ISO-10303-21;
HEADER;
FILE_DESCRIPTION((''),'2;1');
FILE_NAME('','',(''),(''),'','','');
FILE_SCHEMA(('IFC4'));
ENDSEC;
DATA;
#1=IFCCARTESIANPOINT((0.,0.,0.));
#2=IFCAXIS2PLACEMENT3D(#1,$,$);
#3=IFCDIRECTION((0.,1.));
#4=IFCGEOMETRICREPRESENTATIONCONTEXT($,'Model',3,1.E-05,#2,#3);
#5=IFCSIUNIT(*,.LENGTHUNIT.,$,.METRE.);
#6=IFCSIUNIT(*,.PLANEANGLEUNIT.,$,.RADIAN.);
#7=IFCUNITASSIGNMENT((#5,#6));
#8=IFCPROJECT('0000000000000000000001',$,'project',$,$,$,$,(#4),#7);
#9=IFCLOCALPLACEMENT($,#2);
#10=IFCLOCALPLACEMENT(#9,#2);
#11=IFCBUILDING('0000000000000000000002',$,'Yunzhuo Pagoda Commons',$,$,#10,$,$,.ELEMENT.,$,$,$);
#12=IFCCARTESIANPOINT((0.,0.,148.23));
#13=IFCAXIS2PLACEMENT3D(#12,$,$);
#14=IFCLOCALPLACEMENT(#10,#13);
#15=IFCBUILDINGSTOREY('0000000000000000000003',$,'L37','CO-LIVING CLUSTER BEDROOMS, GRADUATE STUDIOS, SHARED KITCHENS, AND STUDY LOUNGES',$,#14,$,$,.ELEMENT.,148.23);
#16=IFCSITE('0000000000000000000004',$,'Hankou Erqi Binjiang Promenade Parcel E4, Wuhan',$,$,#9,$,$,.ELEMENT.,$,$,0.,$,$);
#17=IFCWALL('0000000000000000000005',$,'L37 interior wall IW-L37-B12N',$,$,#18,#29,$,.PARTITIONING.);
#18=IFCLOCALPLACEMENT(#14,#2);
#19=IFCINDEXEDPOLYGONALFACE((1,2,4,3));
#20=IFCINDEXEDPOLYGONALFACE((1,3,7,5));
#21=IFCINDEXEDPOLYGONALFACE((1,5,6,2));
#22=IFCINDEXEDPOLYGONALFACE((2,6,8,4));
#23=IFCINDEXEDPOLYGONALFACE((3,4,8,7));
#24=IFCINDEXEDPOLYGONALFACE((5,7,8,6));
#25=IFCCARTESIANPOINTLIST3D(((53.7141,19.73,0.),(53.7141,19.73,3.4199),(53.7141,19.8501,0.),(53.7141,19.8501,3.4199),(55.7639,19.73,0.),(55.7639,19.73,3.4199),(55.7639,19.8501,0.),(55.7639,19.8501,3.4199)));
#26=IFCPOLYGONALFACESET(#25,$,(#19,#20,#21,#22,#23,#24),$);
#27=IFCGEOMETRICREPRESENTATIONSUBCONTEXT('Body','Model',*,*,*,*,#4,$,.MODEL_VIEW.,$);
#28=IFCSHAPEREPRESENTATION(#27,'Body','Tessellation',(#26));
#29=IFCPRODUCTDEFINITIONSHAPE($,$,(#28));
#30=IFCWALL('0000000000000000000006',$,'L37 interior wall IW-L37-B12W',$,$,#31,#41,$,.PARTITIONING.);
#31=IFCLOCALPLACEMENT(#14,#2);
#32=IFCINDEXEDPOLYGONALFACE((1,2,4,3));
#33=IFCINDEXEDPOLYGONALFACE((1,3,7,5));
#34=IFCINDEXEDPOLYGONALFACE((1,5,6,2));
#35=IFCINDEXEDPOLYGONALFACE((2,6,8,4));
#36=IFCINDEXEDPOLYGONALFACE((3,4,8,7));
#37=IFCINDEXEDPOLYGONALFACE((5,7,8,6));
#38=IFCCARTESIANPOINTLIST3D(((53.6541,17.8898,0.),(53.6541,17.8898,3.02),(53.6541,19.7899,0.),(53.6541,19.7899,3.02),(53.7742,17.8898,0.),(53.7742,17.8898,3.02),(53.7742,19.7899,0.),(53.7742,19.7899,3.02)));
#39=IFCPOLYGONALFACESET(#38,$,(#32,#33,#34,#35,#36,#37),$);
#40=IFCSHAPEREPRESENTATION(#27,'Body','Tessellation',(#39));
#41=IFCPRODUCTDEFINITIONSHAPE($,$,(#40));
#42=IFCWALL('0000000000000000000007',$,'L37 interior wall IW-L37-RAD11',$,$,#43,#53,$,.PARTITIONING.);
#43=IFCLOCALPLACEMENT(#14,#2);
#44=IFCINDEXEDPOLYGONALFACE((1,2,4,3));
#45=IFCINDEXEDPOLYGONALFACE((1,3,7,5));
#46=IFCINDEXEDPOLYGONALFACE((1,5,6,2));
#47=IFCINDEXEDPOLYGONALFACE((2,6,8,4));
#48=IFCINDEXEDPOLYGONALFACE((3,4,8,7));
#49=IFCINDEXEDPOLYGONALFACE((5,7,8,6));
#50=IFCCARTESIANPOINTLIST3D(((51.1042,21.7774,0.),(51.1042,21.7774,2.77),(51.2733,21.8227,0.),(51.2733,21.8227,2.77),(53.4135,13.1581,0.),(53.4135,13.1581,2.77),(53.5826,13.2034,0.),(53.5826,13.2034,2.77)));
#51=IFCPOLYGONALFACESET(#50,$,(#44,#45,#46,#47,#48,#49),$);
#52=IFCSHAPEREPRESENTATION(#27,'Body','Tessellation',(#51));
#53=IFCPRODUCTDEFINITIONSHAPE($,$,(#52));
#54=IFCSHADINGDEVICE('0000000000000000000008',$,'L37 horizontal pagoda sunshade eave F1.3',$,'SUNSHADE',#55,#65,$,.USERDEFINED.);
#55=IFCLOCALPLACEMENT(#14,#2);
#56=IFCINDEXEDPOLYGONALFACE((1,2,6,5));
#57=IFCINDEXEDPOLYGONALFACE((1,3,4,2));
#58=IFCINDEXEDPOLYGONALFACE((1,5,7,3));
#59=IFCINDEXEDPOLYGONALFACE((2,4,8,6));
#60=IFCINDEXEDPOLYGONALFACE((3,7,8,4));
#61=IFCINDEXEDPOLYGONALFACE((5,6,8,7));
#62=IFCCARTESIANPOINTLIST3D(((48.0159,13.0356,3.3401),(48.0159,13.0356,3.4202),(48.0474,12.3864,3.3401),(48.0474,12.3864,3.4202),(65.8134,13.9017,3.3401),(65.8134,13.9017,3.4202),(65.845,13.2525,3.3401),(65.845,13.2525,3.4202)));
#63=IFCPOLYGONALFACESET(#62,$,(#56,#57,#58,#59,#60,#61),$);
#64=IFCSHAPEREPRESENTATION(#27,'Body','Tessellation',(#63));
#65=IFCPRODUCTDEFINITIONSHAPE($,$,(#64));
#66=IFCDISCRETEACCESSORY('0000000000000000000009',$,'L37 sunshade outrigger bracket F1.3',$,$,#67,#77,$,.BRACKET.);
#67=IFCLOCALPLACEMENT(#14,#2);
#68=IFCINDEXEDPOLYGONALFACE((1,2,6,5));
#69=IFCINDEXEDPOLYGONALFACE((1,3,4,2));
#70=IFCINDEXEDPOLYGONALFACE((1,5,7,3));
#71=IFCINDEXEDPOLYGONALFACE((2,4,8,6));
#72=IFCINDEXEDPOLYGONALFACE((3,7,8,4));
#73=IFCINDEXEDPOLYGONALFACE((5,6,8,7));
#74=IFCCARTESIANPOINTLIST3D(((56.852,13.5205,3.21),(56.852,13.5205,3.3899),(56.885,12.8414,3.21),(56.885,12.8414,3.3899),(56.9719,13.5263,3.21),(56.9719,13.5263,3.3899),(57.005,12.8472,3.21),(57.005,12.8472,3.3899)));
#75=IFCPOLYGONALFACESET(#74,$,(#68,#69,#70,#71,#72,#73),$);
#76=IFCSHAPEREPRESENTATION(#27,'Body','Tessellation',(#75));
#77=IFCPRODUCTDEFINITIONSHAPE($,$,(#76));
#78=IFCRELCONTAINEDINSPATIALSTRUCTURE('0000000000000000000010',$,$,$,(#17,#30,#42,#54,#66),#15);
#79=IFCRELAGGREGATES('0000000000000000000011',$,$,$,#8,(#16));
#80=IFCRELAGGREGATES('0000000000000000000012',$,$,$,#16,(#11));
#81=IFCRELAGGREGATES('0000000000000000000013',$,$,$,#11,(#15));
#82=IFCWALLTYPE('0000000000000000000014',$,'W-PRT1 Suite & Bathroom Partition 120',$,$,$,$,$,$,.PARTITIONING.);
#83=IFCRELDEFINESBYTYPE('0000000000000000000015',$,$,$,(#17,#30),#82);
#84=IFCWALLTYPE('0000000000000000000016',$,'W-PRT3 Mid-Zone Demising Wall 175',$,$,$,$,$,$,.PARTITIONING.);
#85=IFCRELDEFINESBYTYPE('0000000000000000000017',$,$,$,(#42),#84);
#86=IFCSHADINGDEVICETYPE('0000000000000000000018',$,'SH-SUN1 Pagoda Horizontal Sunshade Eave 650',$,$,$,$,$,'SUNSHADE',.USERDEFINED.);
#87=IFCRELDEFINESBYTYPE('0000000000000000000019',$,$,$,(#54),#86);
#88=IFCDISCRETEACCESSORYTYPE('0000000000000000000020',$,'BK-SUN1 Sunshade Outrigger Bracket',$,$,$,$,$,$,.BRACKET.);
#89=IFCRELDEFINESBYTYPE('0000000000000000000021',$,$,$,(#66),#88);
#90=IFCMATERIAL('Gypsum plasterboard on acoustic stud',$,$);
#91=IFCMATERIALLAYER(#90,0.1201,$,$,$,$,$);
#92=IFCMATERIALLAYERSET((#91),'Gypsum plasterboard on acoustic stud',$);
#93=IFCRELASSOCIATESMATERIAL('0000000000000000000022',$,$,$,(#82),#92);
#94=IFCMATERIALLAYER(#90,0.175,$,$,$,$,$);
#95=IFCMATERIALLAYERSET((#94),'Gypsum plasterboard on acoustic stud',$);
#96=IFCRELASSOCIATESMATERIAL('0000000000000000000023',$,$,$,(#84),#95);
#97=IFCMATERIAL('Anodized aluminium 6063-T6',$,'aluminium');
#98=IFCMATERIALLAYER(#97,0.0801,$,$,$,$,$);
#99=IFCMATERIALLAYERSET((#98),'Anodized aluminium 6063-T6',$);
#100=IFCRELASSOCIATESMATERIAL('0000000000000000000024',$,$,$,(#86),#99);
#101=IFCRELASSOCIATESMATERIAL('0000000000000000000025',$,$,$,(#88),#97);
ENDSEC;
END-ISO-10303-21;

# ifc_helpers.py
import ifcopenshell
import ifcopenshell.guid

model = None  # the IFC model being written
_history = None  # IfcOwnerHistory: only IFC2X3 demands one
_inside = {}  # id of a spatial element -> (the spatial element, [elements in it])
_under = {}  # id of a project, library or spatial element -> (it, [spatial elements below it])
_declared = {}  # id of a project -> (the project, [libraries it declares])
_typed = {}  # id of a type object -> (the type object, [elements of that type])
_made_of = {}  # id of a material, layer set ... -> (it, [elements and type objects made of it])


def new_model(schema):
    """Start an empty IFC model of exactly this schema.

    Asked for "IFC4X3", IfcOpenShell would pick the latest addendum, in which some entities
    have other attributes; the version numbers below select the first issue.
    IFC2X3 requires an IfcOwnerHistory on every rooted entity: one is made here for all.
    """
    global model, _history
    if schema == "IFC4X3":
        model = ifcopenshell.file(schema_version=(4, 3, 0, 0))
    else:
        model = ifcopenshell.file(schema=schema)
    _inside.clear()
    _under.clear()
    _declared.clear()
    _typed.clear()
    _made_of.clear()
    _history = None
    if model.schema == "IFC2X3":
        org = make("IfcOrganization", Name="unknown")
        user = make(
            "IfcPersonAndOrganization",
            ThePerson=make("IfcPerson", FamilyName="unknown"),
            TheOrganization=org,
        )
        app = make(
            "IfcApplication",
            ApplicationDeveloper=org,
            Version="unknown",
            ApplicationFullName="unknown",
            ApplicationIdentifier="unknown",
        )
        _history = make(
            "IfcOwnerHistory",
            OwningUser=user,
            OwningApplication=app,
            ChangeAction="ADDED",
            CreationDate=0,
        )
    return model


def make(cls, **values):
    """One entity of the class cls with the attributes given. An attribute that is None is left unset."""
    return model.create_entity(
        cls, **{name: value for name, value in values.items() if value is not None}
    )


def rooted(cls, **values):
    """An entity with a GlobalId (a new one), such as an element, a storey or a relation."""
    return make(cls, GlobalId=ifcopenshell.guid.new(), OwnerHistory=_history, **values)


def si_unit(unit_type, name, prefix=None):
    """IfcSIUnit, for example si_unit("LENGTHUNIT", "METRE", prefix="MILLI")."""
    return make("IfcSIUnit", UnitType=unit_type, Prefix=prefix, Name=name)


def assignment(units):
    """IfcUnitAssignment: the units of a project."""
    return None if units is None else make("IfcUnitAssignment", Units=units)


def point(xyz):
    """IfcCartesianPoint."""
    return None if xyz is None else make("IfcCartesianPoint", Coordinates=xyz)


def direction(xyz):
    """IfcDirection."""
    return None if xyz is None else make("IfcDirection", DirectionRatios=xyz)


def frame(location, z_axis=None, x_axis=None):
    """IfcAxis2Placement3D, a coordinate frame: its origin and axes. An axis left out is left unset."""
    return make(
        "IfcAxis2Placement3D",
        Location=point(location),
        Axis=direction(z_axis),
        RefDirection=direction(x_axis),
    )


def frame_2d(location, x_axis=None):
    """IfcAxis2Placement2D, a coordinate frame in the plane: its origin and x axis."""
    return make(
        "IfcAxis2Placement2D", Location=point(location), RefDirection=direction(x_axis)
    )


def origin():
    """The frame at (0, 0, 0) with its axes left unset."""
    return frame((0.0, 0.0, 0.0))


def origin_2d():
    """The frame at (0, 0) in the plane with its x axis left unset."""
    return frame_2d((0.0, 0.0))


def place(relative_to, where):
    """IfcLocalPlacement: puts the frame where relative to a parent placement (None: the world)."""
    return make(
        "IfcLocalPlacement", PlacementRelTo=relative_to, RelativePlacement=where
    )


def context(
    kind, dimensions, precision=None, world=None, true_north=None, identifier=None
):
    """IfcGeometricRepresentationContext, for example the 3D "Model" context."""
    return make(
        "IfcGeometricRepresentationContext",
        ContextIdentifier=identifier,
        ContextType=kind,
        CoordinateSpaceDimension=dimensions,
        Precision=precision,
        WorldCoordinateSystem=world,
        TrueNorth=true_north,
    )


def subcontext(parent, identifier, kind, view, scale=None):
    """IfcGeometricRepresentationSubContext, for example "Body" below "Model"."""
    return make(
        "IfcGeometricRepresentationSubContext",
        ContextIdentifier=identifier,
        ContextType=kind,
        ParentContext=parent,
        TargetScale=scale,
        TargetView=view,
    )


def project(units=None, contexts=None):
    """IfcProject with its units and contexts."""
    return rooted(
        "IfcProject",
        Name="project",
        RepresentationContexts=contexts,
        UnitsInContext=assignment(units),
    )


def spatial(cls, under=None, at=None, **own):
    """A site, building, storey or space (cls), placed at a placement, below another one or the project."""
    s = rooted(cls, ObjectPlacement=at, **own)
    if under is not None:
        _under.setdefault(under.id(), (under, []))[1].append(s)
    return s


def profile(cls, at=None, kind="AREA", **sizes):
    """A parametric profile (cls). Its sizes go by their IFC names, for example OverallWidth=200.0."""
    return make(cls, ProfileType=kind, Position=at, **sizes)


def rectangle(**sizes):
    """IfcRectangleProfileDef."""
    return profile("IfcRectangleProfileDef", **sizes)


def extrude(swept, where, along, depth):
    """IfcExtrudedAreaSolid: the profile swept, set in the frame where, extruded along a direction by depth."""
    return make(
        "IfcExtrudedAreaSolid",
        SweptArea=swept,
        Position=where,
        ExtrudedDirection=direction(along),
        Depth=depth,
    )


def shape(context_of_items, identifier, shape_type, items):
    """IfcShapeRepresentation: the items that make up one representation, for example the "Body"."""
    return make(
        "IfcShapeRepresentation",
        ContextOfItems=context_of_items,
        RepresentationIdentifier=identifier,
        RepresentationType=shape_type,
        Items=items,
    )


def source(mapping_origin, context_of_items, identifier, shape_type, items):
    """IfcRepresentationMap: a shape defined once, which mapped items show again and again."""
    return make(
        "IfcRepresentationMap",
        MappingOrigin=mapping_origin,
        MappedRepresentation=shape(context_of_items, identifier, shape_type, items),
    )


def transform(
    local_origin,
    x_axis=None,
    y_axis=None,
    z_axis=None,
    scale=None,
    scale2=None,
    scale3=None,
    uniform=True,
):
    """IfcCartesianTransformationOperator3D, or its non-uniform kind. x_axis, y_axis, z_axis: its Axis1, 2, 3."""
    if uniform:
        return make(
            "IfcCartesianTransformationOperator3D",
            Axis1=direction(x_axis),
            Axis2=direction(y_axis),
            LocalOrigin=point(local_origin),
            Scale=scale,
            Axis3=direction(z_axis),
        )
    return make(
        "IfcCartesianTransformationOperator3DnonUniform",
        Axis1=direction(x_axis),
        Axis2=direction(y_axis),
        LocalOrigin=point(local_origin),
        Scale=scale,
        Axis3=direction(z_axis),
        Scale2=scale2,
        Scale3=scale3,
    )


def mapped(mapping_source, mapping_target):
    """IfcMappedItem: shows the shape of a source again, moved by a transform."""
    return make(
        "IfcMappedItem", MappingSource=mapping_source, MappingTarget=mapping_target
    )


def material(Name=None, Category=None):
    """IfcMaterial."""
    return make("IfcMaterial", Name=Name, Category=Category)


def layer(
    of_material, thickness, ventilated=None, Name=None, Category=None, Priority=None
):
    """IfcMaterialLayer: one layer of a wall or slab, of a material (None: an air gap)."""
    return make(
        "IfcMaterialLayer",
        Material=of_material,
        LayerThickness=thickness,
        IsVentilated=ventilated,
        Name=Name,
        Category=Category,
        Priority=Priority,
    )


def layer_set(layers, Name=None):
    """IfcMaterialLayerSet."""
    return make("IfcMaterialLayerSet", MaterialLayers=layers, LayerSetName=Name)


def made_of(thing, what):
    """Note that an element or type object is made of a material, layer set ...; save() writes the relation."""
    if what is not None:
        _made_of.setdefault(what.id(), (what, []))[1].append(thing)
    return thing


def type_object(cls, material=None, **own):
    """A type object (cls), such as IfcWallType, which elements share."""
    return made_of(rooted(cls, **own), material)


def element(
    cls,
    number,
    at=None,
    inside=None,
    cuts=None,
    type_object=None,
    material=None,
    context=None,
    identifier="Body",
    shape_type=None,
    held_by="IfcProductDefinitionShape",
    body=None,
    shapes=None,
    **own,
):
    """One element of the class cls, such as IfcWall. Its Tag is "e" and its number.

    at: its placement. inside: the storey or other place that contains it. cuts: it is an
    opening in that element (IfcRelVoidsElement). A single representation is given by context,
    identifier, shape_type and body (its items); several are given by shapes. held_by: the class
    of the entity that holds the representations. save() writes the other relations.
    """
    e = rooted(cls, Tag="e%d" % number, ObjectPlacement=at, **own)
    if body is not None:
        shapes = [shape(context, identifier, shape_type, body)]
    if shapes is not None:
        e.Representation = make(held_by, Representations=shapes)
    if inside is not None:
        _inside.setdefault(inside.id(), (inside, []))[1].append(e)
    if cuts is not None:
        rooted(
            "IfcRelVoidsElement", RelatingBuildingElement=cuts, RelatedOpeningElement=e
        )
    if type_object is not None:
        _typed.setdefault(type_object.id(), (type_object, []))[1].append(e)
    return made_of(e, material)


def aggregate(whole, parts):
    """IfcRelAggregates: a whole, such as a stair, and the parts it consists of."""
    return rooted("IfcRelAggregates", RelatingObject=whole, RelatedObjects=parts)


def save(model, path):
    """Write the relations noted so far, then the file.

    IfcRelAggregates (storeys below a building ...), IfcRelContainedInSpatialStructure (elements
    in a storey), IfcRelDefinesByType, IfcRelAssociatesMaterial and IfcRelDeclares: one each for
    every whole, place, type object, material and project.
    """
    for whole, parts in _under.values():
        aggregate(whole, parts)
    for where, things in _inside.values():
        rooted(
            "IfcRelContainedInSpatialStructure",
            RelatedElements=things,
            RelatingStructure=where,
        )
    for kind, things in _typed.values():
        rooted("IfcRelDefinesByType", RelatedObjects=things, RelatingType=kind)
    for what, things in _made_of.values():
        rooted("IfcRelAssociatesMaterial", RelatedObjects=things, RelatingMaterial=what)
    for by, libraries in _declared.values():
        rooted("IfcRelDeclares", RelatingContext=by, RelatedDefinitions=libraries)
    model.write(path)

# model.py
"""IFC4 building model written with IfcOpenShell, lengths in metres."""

from ifc_helpers import new_model, si_unit, direction, frame, frame_2d, origin, origin_2d, place, context, subcontext, project, spatial, rectangle, extrude, source, transform, mapped, material, layer, layer_set, type_object, element, save


model = new_model("IFC4")

# Units and contexts
model_context = context("Model", 3, precision=1e-05, world=origin(), true_north=direction((0.0, 1.0)))
body_context = subcontext(model_context, "Body", "Model", "MODEL_VIEW")
ifc_project = project(units=[si_unit("LENGTHUNIT", "METRE"), si_unit("PLANEANGLEUNIT", "RADIAN")], contexts=[model_context])

# Site, building, storey
site_placement = place(None, origin())
site = spatial("IfcSite", under=ifc_project, at=site_placement, Name="Hankou Erqi Binjiang Promenade Parcel E4, Wuhan", CompositionType="ELEMENT", RefElevation=0.0)
building_placement = place(site_placement, origin())
building = spatial("IfcBuilding", under=site, at=building_placement, Name="Yunzhuo Pagoda Commons", CompositionType="ELEMENT")
storey_placement = place(building_placement, frame((0.0, 0.0, 148.23)))
storey = spatial("IfcBuildingStorey", under=building, at=storey_placement, Name="L37", Description="CO-LIVING CLUSTER BEDROOMS, GRADUATE STUDIOS, SHARED KITCHENS, AND STUDY LOUNGES", CompositionType="ELEMENT", Elevation=148.23)

# Shared definitions
ifc_material_1 = material(Name="Anodized aluminium 6063-T6", Category="aluminium")

# Shared definitions
ifc_material_2 = material(Name="Gypsum plasterboard on acoustic stud")
ifc_layer_1 = layer(ifc_material_2, 0.1201)
ifc_layer_set_1 = layer_set([ifc_layer_1], Name="Gypsum plasterboard on acoustic stud")
wall_type_1 = type_object("IfcWallType", Name="W-PRT1 Suite & Bathroom Partition 120", PredefinedType="PARTITIONING", material=ifc_layer_set_1)

# Walls
wall_1_placement = place(storey_placement, frame((55.7639, 19.79, 0.0), z_axis=(0.0, 0.0, 1.0), x_axis=(-1.0, 0.0, 0.0)))
element("IfcWall", 1, at=wall_1_placement, inside=storey, type_object=wall_type_1, Name="L37 interior wall IW-L37-B12N", PredefinedType="PARTITIONING", context=body_context, shape_type="SweptSolid", body=[
    extrude(rectangle(XDim=2.0498, YDim=0.1201, at=frame_2d((1.0249, 0.0))), origin(), (0.0, 0.0, 1.0), 3.4199),
])
wall_2_placement = place(storey_placement, frame((53.7141, 19.79, 0.0), z_axis=(0.0, 0.0, 1.0), x_axis=(0.0, -1.0, 0.0)))
element("IfcWall", 2, at=wall_2_placement, inside=storey, type_object=wall_type_1, Name="L37 interior wall IW-L37-B12W", PredefinedType="PARTITIONING", context=body_context, shape_type="SweptSolid", body=[
    extrude(rectangle(XDim=1.9001, YDim=0.1201, at=frame_2d((0.9502, 0.0))), origin(), (0.0, 0.0, 1.0), 3.02),
])
ifc_layer_2 = layer(ifc_material_2, 0.175)
ifc_layer_set_2 = layer_set([ifc_layer_2], Name="Gypsum plasterboard on acoustic stud")
wall_type_2 = type_object("IfcWallType", Name="W-PRT3 Mid-Zone Demising Wall 175", PredefinedType="PARTITIONING", material=ifc_layer_set_2)
wall_3_placement = place(storey_placement, frame((51.1887, 21.8, 0.0), z_axis=(0.0, 0.0, 1.0), x_axis=(0.258795, -0.965932, 0.0)))
element("IfcWall", 3, at=wall_3_placement, inside=storey, type_object=wall_type_2, Name="L37 interior wall IW-L37-RAD11", PredefinedType="PARTITIONING", context=body_context, shape_type="SweptSolid", body=[
    extrude(rectangle(XDim=8.9233, YDim=0.175, at=frame_2d((4.4617, 0.0))), origin(), (0.0, 0.0, 1.0), 2.77),
])

# Shading device
ifc_layer_3 = layer(ifc_material_1, 0.0801)
ifc_layer_set_3 = layer_set([ifc_layer_3], Name="Anodized aluminium 6063-T6")
shading_device_type = type_object("IfcShadingDeviceType", Name="SH-SUN1 Pagoda Horizontal Sunshade Eave 650", ElementType="SUNSHADE", PredefinedType="USERDEFINED", material=ifc_layer_set_3)
shared_shape_1 = source(origin(), body_context, "Body", "SweptSolid", [
    extrude(rectangle(XDim=17.8186, YDim=0.6499, at=origin_2d()), origin(), (0.0, 0.0, 1.0), 0.0801),
])
shading_device_placement = place(storey_placement, frame((56.9304, 13.144, 3.3401), z_axis=(0.0, 0.0, 1.0), x_axis=(0.998818, 0.048606, 0.0)))
element("IfcShadingDevice", 4, at=shading_device_placement, inside=storey, type_object=shading_device_type, Name="L37 horizontal pagoda sunshade eave F1.3", ObjectType="SUNSHADE", PredefinedType="USERDEFINED", context=body_context, shape_type="MappedRepresentation", body=[
    mapped(shared_shape_1, transform((0.0, 0.0, 0.0), scale=1.0)),
])

# Discrete accessory
discrete_accessory_type = type_object("IfcDiscreteAccessoryType", Name="BK-SUN1 Sunshade Outrigger Bracket", PredefinedType="BRACKET", material=ifc_material_1)
shared_shape_2 = source(origin(), body_context, "Body", "SweptSolid", [
    extrude(rectangle(XDim=0.1201, YDim=0.6799, at=origin_2d()), origin(), (0.0, 0.0, 1.0), 0.1799),
])
discrete_accessory_placement = place(storey_placement, frame((56.9285, 13.1838, 3.21), z_axis=(0.0, 0.0, 1.0), x_axis=(0.998818, 0.048606, 0.0)))
element("IfcDiscreteAccessory", 5, at=discrete_accessory_placement, inside=storey, type_object=discrete_accessory_type, Name="L37 sunshade outrigger bracket F1.3", PredefinedType="BRACKET", context=body_context, shape_type="MappedRepresentation", body=[
    mapped(shared_shape_2, transform((0.0, 0.0, 0.0), scale=1.0)),
])

save(model, "model.ifc")
